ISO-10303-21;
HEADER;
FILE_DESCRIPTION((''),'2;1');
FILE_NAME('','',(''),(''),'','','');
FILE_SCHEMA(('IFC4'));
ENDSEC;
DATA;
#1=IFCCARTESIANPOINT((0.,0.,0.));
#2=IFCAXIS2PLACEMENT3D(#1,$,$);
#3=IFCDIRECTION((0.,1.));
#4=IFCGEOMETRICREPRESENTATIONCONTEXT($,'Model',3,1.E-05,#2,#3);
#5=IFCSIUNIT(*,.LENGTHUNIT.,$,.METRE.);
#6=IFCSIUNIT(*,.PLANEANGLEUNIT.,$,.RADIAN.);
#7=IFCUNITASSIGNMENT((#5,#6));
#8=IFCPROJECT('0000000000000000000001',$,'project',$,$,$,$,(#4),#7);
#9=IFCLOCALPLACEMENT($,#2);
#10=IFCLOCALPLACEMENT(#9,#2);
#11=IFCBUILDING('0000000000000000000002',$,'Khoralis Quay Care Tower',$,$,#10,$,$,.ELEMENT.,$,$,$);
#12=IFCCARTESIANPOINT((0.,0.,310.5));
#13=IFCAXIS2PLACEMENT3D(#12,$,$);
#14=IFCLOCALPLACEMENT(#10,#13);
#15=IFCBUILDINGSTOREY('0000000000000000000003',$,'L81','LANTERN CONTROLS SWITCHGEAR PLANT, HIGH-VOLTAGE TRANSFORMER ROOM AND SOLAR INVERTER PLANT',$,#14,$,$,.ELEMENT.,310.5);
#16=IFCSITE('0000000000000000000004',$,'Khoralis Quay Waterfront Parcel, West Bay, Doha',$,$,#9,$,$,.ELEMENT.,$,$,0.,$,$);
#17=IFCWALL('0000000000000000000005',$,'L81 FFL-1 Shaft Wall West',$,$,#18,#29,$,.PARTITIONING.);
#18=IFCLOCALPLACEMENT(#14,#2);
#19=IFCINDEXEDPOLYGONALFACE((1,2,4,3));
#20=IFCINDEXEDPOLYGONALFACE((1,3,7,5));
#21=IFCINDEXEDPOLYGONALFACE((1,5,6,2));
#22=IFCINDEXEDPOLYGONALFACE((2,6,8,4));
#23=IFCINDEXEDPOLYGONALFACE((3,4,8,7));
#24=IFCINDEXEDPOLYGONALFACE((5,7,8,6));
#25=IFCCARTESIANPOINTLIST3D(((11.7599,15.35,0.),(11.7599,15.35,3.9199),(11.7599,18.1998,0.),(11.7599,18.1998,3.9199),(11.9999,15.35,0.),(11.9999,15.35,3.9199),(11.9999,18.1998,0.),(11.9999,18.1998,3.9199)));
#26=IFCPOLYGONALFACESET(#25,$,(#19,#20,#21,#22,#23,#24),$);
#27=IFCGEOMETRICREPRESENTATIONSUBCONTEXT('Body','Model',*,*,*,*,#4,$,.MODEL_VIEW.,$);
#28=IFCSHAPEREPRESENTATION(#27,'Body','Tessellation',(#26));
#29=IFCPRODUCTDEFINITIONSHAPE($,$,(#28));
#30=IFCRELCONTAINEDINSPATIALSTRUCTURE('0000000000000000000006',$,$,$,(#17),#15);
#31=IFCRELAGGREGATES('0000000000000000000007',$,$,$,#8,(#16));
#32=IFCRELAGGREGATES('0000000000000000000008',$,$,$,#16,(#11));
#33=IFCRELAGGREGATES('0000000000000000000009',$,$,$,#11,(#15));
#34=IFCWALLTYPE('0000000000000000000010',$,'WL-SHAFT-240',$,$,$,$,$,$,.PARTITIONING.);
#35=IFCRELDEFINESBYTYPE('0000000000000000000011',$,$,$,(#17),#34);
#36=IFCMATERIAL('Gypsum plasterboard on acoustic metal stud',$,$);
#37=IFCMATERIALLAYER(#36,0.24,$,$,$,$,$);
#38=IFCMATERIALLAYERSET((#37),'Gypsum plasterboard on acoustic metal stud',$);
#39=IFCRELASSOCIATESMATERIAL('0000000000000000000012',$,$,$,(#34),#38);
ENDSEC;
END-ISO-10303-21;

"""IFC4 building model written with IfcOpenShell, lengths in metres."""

from ifc_helpers import new_model, si_unit, direction, frame, frame_2d, origin, place, context, subcontext, project, spatial, rectangle, extrude, material, layer, layer_set, type_object, element, save


model = new_model("IFC4")

# Units and contexts
model_context = context("Model", 3, precision=1e-05, world=origin(), true_north=direction((0.0, 1.0)))
body_context = subcontext(model_context, "Body", "Model", "MODEL_VIEW")
ifc_project = project(units=[si_unit("LENGTHUNIT", "METRE"), si_unit("PLANEANGLEUNIT", "RADIAN")], contexts=[model_context])

# Site, building, storey
site_placement = place(None, origin())
site = spatial("IfcSite", under=ifc_project, at=site_placement, Name="Khoralis Quay Waterfront Parcel, West Bay, Doha", CompositionType="ELEMENT", RefElevation=0.0)
building_placement = place(site_placement, origin())
building = spatial("IfcBuilding", under=site, at=building_placement, Name="Khoralis Quay Care Tower", CompositionType="ELEMENT")
storey_placement = place(building_placement, frame((0.0, 0.0, 310.5)))
storey = spatial("IfcBuildingStorey", under=building, at=storey_placement, Name="L81", Description="LANTERN CONTROLS SWITCHGEAR PLANT, HIGH-VOLTAGE TRANSFORMER ROOM AND SOLAR INVERTER PLANT", CompositionType="ELEMENT", Elevation=310.5)

# Shared definitions
ifc_material_1 = material(Name="Gypsum plasterboard on acoustic metal stud")

# Wall
ifc_layer_1 = layer(ifc_material_1, 0.24)
ifc_layer_set_1 = layer_set([ifc_layer_1], Name="Gypsum plasterboard on acoustic metal stud")
wall_type_1 = type_object("IfcWallType", Name="WL-SHAFT-240", PredefinedType="PARTITIONING", material=ifc_layer_set_1)
wall_1_placement = place(storey_placement, frame((11.8799, 15.3501, 0.0), z_axis=(0.0, 0.0, 1.0), x_axis=(0.0, 1.0, 0.0)))
element("IfcWall", 1, at=wall_1_placement, inside=storey, type_object=wall_type_1, Name="L81 FFL-1 Shaft Wall West", PredefinedType="PARTITIONING", context=body_context, shape_type="SweptSolid", body=[
    extrude(rectangle(XDim=2.8499, YDim=0.24, at=frame_2d((1.4248, 0.0))), origin(), (0.0, 0.0, 1.0), 3.9199),
])

save(model, "model.ifc")
